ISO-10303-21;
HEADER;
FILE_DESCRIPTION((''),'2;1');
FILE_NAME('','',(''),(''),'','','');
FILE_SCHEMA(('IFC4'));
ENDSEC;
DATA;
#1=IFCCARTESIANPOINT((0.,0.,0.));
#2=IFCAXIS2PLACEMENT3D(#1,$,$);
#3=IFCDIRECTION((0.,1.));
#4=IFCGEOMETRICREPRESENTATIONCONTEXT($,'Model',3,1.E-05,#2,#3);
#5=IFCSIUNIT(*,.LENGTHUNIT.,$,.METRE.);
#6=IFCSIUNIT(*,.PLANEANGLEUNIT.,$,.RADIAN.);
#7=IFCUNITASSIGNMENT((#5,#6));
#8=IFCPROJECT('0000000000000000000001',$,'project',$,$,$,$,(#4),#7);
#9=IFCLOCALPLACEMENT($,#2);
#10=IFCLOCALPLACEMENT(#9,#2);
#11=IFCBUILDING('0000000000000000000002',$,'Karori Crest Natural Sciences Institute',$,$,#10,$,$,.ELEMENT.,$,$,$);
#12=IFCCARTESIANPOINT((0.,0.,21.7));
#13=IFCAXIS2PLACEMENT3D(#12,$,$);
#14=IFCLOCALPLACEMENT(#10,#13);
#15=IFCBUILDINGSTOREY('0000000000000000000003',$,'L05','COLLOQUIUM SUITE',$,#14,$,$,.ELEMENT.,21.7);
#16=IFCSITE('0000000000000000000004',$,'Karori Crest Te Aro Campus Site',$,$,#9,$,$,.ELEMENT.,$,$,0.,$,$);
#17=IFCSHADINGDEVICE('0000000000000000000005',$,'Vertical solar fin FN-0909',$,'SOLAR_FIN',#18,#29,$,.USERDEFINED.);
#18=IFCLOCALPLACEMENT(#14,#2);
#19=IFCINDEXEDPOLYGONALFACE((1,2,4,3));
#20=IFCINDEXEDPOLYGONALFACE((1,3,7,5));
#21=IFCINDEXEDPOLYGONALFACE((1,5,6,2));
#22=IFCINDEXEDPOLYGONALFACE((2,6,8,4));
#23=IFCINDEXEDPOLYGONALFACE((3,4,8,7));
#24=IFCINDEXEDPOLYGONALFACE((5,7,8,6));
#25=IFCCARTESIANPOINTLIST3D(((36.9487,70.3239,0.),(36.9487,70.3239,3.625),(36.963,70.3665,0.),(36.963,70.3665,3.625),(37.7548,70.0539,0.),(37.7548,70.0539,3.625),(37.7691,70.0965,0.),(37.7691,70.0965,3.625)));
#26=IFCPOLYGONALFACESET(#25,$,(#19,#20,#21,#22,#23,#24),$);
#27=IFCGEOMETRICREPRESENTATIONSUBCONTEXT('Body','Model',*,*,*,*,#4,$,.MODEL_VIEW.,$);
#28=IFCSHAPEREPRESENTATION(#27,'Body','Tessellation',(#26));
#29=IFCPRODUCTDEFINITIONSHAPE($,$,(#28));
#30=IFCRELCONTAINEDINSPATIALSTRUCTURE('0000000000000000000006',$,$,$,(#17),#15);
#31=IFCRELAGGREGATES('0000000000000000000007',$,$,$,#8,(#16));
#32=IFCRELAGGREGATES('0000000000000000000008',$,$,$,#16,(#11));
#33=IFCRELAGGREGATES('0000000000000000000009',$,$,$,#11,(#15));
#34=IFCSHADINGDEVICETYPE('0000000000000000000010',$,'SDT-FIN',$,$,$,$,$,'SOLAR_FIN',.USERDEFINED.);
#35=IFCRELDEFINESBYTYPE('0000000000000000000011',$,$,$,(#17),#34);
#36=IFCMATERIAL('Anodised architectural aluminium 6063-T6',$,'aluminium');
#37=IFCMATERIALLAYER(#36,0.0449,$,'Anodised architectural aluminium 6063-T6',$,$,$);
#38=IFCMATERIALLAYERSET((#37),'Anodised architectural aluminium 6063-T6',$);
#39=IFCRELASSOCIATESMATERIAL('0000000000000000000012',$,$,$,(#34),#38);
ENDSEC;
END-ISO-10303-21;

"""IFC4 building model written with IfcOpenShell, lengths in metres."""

from ifc_helpers import new_model, si_unit, direction, frame, origin, origin_2d, place, context, subcontext, project, spatial, rectangle, extrude, material, layer, layer_set, type_object, element, save


model = new_model("IFC4")

# Units and contexts
model_context = context("Model", 3, precision=1e-05, world=origin(), true_north=direction((0.0, 1.0)))
body_context = subcontext(model_context, "Body", "Model", "MODEL_VIEW")
ifc_project = project(units=[si_unit("LENGTHUNIT", "METRE"), si_unit("PLANEANGLEUNIT", "RADIAN")], contexts=[model_context])

# Site, building, storey
site_placement = place(None, origin())
site = spatial("IfcSite", under=ifc_project, at=site_placement, Name="Karori Crest Te Aro Campus Site", CompositionType="ELEMENT", RefElevation=0.0)
building_placement = place(site_placement, origin())
building = spatial("IfcBuilding", under=site, at=building_placement, Name="Karori Crest Natural Sciences Institute", CompositionType="ELEMENT")
storey_placement = place(building_placement, frame((0.0, 0.0, 21.7)))
storey = spatial("IfcBuildingStorey", under=building, at=storey_placement, Name="L05", Description="COLLOQUIUM SUITE", CompositionType="ELEMENT", Elevation=21.7)

# Shared definitions
ifc_material_1 = material(Name="Anodised architectural aluminium 6063-T6", Category="aluminium")

# Shading device
ifc_layer_1 = layer(ifc_material_1, 0.0449, Name="Anodised architectural aluminium 6063-T6")
ifc_layer_set_1 = layer_set([ifc_layer_1], Name="Anodised architectural aluminium 6063-T6")
shading_device_type = type_object("IfcShadingDeviceType", Name="SDT-FIN", ElementType="SOLAR_FIN", PredefinedType="USERDEFINED", material=ifc_layer_set_1)
for number, where, z_axis, x_axis, name in (
    (1, (37.3589, 70.2102, 0.0), (0.0, 0.0, 1.0), (-0.948198, 0.31768, 0.0), "Vertical solar fin FN-0909"),
):
    element("IfcShadingDevice", number, at=place(storey_placement, frame(where, z_axis=z_axis, x_axis=x_axis)), inside=storey, type_object=shading_device_type, Name=name, ObjectType="SOLAR_FIN", PredefinedType="USERDEFINED", context=body_context, shape_type="SweptSolid", body=[
        extrude(rectangle(XDim=0.8501, YDim=0.0449, at=origin_2d()), origin(), (0.0, 0.0, 1.0), 3.625),
    ])

save(model, "model.ifc")
